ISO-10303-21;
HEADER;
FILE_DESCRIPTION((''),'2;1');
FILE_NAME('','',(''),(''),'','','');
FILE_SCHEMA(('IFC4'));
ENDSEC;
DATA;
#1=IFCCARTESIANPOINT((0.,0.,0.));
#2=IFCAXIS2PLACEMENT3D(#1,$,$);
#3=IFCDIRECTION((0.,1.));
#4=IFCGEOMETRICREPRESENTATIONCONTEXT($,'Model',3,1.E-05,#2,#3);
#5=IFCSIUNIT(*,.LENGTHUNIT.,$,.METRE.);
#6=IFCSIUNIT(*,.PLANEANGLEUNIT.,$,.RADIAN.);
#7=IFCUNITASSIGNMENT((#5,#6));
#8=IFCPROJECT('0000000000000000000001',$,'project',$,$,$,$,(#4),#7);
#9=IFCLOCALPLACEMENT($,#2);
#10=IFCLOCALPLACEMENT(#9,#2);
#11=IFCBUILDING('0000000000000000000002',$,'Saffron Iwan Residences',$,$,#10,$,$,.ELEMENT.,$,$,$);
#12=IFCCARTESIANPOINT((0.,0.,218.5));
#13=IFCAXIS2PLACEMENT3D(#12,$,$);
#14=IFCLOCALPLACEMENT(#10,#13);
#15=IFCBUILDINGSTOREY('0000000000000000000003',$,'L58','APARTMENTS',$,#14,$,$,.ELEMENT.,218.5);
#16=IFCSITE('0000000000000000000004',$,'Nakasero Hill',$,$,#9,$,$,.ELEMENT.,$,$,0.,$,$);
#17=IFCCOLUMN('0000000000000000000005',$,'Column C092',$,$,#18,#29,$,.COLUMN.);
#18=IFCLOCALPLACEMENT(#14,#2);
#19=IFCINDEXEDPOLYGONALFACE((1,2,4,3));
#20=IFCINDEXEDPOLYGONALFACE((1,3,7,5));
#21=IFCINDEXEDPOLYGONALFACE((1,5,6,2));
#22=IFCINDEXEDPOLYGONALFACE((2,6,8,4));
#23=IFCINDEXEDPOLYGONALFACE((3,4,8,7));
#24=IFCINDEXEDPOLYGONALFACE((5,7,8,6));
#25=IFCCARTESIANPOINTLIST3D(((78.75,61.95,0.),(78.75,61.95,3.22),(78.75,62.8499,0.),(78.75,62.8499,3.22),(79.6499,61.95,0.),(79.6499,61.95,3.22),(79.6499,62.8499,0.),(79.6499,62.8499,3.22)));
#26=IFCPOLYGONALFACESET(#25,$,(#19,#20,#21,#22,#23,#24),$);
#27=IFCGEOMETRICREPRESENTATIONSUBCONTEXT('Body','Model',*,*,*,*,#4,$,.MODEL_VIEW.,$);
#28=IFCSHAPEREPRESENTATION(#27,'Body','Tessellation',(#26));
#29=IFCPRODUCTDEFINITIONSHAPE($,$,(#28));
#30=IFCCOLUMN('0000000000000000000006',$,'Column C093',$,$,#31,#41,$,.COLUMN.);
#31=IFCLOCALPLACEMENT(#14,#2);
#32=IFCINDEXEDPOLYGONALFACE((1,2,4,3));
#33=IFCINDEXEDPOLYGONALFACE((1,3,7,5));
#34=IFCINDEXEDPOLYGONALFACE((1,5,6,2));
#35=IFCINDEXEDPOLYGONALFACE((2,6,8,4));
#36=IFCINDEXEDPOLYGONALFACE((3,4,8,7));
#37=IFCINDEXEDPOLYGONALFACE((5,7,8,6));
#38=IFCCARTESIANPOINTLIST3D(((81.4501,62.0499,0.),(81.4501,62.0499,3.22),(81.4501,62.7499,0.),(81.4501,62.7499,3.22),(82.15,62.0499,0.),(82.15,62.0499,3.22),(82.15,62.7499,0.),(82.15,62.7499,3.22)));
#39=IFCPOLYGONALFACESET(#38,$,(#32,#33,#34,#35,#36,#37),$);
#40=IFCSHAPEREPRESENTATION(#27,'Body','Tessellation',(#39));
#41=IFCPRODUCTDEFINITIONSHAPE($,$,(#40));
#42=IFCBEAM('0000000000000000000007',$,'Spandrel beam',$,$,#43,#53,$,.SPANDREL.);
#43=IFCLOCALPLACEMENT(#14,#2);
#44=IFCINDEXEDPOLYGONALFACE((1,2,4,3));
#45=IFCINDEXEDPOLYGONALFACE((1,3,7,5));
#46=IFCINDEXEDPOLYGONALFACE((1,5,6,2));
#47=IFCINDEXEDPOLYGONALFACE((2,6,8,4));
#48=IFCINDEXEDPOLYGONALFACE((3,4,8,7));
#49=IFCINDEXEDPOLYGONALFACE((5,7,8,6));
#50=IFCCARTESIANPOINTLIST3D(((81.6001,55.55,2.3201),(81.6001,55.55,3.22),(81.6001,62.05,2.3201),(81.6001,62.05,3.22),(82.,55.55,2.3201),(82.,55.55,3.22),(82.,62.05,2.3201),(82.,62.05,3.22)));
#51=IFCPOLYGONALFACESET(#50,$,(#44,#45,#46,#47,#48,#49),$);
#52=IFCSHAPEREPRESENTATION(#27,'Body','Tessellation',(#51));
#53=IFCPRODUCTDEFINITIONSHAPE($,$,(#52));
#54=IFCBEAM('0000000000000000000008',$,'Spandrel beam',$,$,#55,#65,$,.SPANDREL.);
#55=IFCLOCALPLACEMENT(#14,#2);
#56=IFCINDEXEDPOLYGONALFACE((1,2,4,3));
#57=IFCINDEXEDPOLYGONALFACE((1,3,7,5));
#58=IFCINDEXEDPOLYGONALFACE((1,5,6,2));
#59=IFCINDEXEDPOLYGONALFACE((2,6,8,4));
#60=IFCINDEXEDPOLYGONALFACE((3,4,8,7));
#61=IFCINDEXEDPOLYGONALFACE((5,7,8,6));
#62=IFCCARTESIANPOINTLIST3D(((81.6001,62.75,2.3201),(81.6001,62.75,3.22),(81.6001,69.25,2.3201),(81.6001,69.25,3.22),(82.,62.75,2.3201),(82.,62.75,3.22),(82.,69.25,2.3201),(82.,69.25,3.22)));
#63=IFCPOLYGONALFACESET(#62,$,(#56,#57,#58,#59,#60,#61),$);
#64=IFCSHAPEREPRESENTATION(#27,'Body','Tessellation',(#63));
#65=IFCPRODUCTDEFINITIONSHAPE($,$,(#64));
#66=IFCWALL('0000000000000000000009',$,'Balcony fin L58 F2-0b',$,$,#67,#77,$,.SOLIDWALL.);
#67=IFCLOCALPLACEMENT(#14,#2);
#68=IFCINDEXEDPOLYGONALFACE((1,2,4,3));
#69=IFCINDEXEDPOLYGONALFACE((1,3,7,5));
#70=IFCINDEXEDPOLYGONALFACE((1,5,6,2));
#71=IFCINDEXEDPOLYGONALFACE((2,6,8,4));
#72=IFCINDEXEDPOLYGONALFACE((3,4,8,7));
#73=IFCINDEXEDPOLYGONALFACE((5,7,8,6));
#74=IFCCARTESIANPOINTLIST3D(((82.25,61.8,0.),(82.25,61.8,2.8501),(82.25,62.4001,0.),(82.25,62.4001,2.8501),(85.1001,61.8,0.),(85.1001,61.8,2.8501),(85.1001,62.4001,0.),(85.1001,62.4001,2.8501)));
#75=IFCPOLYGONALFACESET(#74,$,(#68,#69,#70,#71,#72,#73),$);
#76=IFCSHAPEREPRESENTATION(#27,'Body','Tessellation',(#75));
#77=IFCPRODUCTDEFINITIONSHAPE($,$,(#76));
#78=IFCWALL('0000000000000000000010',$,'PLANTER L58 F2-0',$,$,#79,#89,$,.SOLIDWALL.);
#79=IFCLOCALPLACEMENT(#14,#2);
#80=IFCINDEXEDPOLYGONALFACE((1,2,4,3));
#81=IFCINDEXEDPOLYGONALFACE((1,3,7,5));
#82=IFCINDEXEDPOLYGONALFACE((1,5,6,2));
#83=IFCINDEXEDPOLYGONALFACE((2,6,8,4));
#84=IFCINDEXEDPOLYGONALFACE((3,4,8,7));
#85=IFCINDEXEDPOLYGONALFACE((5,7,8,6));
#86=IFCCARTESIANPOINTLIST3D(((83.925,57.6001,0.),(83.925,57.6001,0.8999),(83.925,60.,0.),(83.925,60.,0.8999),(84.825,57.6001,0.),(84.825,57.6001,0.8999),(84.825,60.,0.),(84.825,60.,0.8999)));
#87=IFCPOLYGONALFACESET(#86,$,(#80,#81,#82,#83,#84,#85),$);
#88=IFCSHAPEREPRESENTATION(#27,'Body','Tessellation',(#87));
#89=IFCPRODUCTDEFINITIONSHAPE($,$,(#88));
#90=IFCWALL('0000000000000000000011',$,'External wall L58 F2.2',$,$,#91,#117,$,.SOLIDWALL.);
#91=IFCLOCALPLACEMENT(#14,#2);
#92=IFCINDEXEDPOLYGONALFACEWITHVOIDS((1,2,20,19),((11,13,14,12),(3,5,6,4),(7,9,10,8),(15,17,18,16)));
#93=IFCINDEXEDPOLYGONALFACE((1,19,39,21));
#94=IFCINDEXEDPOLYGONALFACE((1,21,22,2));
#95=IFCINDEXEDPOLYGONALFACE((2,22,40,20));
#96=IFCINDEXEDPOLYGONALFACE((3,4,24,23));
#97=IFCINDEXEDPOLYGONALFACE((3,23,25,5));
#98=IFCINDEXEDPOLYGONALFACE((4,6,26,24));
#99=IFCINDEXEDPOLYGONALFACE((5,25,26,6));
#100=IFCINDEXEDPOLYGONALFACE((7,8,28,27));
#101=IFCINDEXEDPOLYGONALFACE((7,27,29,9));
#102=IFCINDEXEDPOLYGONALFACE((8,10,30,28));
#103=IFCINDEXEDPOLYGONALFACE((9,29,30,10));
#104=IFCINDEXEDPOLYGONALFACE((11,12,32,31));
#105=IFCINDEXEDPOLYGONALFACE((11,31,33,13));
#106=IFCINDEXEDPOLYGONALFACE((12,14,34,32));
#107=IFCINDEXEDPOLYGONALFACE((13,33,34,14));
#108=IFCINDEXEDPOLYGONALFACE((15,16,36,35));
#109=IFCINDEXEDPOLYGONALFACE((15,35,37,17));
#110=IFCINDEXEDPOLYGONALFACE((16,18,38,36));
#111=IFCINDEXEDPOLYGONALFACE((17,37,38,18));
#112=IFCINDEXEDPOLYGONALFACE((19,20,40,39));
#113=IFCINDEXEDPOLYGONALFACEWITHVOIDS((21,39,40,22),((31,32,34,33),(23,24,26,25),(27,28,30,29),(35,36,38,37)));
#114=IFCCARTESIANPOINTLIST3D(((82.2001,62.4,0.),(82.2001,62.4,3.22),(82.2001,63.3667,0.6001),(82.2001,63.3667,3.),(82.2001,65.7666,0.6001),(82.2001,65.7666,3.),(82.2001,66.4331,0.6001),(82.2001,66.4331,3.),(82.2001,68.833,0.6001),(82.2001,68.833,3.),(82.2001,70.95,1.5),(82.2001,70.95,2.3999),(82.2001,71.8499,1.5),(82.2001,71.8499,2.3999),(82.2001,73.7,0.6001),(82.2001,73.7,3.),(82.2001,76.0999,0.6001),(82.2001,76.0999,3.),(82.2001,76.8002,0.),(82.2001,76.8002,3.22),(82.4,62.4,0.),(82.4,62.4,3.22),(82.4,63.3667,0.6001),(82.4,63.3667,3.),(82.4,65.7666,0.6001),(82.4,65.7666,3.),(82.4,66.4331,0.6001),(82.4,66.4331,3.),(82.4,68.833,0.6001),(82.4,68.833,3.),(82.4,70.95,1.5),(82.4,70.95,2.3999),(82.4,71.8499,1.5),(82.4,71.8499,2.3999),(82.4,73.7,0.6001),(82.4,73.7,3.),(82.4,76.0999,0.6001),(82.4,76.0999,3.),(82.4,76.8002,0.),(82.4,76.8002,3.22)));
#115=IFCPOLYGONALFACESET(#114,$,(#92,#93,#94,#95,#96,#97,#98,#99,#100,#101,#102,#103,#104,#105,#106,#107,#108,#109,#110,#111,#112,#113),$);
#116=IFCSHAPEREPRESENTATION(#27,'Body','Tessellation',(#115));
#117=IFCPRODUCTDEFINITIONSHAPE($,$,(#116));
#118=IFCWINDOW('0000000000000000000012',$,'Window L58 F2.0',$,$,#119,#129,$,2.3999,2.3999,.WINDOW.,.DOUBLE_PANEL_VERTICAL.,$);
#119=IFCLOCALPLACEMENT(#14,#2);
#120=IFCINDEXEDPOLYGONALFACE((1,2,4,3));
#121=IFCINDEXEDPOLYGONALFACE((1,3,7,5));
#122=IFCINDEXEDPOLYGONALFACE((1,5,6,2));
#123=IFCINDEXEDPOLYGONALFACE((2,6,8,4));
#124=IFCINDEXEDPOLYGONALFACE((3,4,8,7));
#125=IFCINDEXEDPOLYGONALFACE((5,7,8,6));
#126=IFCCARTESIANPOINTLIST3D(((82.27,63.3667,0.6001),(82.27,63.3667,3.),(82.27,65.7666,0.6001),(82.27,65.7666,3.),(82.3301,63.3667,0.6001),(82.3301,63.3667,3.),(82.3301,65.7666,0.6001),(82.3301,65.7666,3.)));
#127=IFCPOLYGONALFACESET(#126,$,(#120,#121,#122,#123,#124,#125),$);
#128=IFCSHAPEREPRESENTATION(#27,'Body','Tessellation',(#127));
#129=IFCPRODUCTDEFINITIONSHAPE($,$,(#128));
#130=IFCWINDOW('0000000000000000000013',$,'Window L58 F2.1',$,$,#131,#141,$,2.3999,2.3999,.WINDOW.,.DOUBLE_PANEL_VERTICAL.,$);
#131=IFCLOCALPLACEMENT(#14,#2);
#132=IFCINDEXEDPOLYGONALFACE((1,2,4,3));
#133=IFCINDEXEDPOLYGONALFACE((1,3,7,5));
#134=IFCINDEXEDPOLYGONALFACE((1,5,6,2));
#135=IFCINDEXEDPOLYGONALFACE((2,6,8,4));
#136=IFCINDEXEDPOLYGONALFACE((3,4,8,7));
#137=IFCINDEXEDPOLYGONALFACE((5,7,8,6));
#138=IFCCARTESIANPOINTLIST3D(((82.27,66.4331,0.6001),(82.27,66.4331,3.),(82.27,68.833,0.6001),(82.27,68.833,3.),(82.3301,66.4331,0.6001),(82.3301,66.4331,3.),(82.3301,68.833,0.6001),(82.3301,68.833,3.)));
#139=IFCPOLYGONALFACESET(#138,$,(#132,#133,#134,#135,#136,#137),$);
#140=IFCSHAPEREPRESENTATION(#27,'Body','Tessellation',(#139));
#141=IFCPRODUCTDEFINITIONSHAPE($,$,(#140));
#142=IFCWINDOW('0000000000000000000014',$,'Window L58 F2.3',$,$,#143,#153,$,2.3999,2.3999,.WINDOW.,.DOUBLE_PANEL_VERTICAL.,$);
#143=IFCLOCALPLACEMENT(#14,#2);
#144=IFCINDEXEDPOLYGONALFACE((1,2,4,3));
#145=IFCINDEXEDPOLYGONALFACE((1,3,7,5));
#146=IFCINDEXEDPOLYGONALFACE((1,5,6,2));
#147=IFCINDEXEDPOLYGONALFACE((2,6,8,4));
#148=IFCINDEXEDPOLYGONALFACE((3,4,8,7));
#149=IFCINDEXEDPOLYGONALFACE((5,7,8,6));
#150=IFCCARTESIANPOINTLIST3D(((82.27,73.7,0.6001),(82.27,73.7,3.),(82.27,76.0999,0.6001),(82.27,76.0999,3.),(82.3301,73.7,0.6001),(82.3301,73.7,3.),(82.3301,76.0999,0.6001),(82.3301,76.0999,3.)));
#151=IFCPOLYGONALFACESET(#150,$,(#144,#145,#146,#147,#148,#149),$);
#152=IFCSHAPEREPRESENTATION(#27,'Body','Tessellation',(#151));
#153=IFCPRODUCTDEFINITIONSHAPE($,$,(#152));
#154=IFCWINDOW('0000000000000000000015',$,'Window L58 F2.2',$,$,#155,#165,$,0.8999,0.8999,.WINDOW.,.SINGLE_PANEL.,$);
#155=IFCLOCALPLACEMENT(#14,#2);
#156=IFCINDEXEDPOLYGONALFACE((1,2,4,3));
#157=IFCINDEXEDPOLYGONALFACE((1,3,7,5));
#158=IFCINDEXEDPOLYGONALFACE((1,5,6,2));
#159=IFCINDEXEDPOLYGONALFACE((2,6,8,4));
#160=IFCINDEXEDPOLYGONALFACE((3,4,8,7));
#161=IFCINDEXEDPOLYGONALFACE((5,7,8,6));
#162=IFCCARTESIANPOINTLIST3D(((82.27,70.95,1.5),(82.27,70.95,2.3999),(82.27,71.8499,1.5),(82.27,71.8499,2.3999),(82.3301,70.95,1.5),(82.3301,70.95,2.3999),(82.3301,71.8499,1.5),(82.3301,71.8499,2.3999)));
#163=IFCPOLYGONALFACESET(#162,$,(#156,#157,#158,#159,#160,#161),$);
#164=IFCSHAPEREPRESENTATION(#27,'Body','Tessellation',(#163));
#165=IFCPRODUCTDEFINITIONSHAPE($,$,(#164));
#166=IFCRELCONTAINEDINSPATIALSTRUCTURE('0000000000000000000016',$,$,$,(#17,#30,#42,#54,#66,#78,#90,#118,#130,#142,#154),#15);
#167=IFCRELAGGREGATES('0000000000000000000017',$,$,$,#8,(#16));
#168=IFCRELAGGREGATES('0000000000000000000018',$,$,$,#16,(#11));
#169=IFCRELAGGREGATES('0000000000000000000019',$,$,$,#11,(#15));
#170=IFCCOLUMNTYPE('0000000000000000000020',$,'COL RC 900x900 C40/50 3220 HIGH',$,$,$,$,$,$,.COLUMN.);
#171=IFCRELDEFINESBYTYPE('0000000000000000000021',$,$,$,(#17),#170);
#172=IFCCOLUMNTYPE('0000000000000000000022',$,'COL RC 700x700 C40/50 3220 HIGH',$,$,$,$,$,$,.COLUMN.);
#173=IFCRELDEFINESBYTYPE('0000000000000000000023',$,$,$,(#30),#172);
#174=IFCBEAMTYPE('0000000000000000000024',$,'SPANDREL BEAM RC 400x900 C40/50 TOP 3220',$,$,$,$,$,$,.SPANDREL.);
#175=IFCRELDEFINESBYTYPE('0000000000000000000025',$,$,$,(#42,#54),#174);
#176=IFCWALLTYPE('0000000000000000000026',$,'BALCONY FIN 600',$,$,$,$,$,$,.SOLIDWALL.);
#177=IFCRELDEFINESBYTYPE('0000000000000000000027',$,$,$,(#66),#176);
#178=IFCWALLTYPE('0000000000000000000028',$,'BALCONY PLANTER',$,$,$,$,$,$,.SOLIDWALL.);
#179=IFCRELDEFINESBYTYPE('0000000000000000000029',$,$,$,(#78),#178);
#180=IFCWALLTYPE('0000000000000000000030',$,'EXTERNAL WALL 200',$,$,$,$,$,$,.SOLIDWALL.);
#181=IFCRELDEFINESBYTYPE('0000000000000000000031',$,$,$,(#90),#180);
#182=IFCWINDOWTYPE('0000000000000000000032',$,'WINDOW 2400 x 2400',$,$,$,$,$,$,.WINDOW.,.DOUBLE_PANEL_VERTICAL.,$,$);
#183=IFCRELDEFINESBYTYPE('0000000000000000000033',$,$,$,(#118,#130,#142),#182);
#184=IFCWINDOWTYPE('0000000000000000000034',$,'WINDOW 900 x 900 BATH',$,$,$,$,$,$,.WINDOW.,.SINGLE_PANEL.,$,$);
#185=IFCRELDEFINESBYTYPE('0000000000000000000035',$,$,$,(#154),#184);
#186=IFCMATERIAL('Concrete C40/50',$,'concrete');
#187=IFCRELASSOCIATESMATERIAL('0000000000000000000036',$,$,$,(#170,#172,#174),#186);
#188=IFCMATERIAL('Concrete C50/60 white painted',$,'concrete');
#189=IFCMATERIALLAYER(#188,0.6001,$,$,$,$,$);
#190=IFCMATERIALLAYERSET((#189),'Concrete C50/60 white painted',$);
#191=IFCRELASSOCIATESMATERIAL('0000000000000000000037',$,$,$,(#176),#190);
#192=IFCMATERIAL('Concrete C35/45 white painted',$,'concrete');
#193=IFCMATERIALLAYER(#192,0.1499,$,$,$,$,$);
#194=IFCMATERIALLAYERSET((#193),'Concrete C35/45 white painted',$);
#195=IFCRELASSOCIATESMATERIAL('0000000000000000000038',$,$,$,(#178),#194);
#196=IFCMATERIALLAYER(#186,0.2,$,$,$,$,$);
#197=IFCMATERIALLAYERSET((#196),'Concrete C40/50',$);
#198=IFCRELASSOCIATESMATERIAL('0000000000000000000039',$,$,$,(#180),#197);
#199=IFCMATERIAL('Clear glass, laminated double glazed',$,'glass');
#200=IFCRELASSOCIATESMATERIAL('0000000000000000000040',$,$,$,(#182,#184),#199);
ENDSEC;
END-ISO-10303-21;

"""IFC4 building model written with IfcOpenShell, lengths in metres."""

from ifc_helpers import new_model, si_unit, direction, frame, frame_2d, origin, origin_2d, place, context, subcontext, project, spatial, rectangle, extrude, source, transform, mapped, material, layer, layer_set, material_profile, profile_set, type_object, element, fill, save


model = new_model("IFC4")

# Units and contexts
model_context = context("Model", 3, precision=1e-05, world=origin(), true_north=direction((0.0, 1.0)))
body_context = subcontext(model_context, "Body", "Model", "MODEL_VIEW")
ifc_project = project(units=[si_unit("LENGTHUNIT", "METRE"), si_unit("PLANEANGLEUNIT", "RADIAN")], contexts=[model_context])

# Site, building, storey
site_placement = place(None, origin())
site = spatial("IfcSite", under=ifc_project, at=site_placement, Name="Nakasero Hill", CompositionType="ELEMENT", RefElevation=0.0)
building_placement = place(site_placement, origin())
building = spatial("IfcBuilding", under=site, at=building_placement, Name="Saffron Iwan Residences", CompositionType="ELEMENT")
storey_placement = place(building_placement, frame((0.0, 0.0, 218.5)))
storey = spatial("IfcBuildingStorey", under=building, at=storey_placement, Name="L58", Description="APARTMENTS", CompositionType="ELEMENT", Elevation=218.5)

# Columns
ifc_material_1 = material(Name="Concrete C40/50", Category="concrete")
ifc_material_profile_1 = material_profile(ifc_material_1, rectangle(XDim=0.8999, YDim=0.8999, at=origin_2d()), Name="RC 900x900")
ifc_profile_set_1 = profile_set([ifc_material_profile_1], Name="Concrete C40/50")
column_type_1 = type_object("IfcColumnType", Name="COL RC 900x900 C40/50 3220 HIGH", PredefinedType="COLUMN", material=ifc_profile_set_1)
shared_shape_1 = source(origin(), body_context, "Body", "SweptSolid", [
    extrude(rectangle(XDim=0.8999, YDim=0.8999, at=origin_2d()), origin(), (0.0, 0.0, 1.0), 3.22),
])
column_1_placement = place(storey_placement, frame((79.2, 62.3999, 0.0), z_axis=(0.0, 0.0, 1.0), x_axis=(1.0, 0.0, 0.0)))
element("IfcColumn", 1, at=column_1_placement, inside=storey, type_object=column_type_1, Name="Column C092", PredefinedType="COLUMN", context=body_context, shape_type="MappedRepresentation", body=[
    mapped(shared_shape_1, transform((0.0, 0.0, 0.0))),
])
ifc_material_profile_2 = material_profile(ifc_material_1, rectangle(XDim=0.7, YDim=0.7, at=origin_2d()), Name="RC 700x700")
ifc_profile_set_2 = profile_set([ifc_material_profile_2], Name="Concrete C40/50")
column_type_2 = type_object("IfcColumnType", Name="COL RC 700x700 C40/50 3220 HIGH", PredefinedType="COLUMN", material=ifc_profile_set_2)
shared_shape_2 = source(origin(), body_context, "Body", "SweptSolid", [
    extrude(rectangle(XDim=0.7, YDim=0.7, at=origin_2d()), origin(), (0.0, 0.0, 1.0), 3.22),
])
column_2_placement = place(storey_placement, frame((81.8, 62.3999, 0.0), z_axis=(0.0, 0.0, 1.0), x_axis=(1.0, 0.0, 0.0)))
element("IfcColumn", 2, at=column_2_placement, inside=storey, type_object=column_type_2, Name="Column C093", PredefinedType="COLUMN", context=body_context, shape_type="MappedRepresentation", body=[
    mapped(shared_shape_2, transform((0.0, 0.0, 0.0))),
])

# Beams
ifc_material_profile_3 = material_profile(ifc_material_1, rectangle(XDim=0.3999, YDim=0.8999, at=origin_2d()), Name="RC 400x900")
ifc_profile_set_3 = profile_set([ifc_material_profile_3], Name="Concrete C40/50")
beam_type = type_object("IfcBeamType", Name="SPANDREL BEAM RC 400x900 C40/50 TOP 3220", PredefinedType="SPANDREL", material=ifc_profile_set_3)
shared_shape_3 = source(origin(), body_context, "Body", "SweptSolid", [
    extrude(rectangle(XDim=0.3999, YDim=0.8999, at=origin_2d()), origin(), (0.0, 0.0, 1.0), 6.5),
])
for number, where, z_axis, x_axis, name in (
    (3, (81.8, 62.05, 2.77), (0.0, -1.0, 0.0), (1.0, 0.0, 0.0), "Spandrel beam"),
    (4, (81.8, 69.25, 2.77), (0.0, -1.0, 0.0), (1.0, 0.0, 0.0), "Spandrel beam"),
):
    element("IfcBeam", number, at=place(storey_placement, frame(where, z_axis=z_axis, x_axis=x_axis)), inside=storey, type_object=beam_type, Name=name, PredefinedType="SPANDREL", context=body_context, shape_type="MappedRepresentation", body=[
        mapped(shared_shape_3, transform((0.0, 0.0, 0.0))),
    ])

# Walls
ifc_material_2 = material(Name="Concrete C50/60 white painted", Category="concrete")
ifc_layer_1 = layer(ifc_material_2, 0.6001)
ifc_layer_set_1 = layer_set([ifc_layer_1], Name="Concrete C50/60 white painted")
wall_type_1 = type_object("IfcWallType", Name="BALCONY FIN 600", PredefinedType="SOLIDWALL", material=ifc_layer_set_1)
wall_1_placement = place(storey_placement, frame((82.25, 62.1001, 0.0), z_axis=(0.0, 0.0, 1.0), x_axis=(1.0, 0.0, 0.0)))
element("IfcWall", 5, at=wall_1_placement, inside=storey, type_object=wall_type_1, Name="Balcony fin L58 F2-0b", PredefinedType="SOLIDWALL", context=body_context, shape_type="SweptSolid", body=[
    extrude(rectangle(XDim=2.8501, YDim=0.6001, at=frame_2d((1.425, 0.0))), origin(), (0.0, 0.0, 1.0), 2.8501),
])
ifc_material_3 = material(Name="Concrete C35/45 white painted", Category="concrete")
ifc_layer_2 = layer(ifc_material_3, 0.1499)
ifc_layer_set_2 = layer_set([ifc_layer_2], Name="Concrete C35/45 white painted")
wall_type_2 = type_object("IfcWallType", Name="BALCONY PLANTER", PredefinedType="SOLIDWALL", material=ifc_layer_set_2)
wall_2_placement = place(storey_placement, frame((84.375, 57.6001, 0.0), z_axis=(0.0, 0.0, 1.0), x_axis=(0.0, 1.0, 0.0)))
element("IfcWall", 6, at=wall_2_placement, inside=storey, type_object=wall_type_2, Name="PLANTER L58 F2-0", PredefinedType="SOLIDWALL", context=body_context, shape_type="SweptSolid", body=[
    extrude(rectangle(XDim=2.3999, YDim=0.8999, at=frame_2d((1.2, 0.0))), origin(), (0.0, 0.0, 1.0), 0.8999),
])

# Wall, openings, windows
ifc_layer_3 = layer(ifc_material_1, 0.2)
ifc_layer_set_3 = layer_set([ifc_layer_3], Name="Concrete C40/50")
wall_type_3 = type_object("IfcWallType", Name="EXTERNAL WALL 200", PredefinedType="SOLIDWALL", material=ifc_layer_set_3)
wall_3_placement = place(storey_placement, frame((82.3, 62.3999, 0.0), z_axis=(0.0, 0.0, 1.0), x_axis=(0.0, 1.0, 0.0)))
wall_3 = element("IfcWall", 7, at=wall_3_placement, inside=storey, type_object=wall_type_3, Name="External wall L58 F2.2", PredefinedType="SOLIDWALL", context=body_context, shape_type="SweptSolid", body=[
    extrude(rectangle(XDim=14.4001, YDim=0.2, at=frame_2d((7.2002, 0.0))), origin(), (0.0, 0.0, 1.0), 3.22),
])
opening_1_placement = place(wall_3_placement, frame((0.9668, 0.0, 0.6001)))
opening_1 = element("IfcOpeningElement", 8, at=opening_1_placement, cuts=wall_3, PredefinedType="OPENING", context=body_context, shape_type="SweptSolid", body=[
    extrude(rectangle(XDim=2.3999, YDim=2.3999, at=frame_2d((1.2, 1.2))), frame((0.0, 0.1099, 0.0), z_axis=(0.0, -1.0, 0.0), x_axis=(1.0, 0.0, 0.0)), (0.0, 0.0, 1.0), 0.22),
])
opening_2_placement = place(wall_3_placement, frame((4.0332, 0.0, 0.6001)))
opening_2 = element("IfcOpeningElement", 9, at=opening_2_placement, cuts=wall_3, PredefinedType="OPENING", context=body_context, shape_type="SweptSolid", body=[
    extrude(rectangle(XDim=2.3999, YDim=2.3999, at=frame_2d((1.2, 1.2))), frame((0.0, 0.1099, 0.0), z_axis=(0.0, -1.0, 0.0), x_axis=(1.0, 0.0, 0.0)), (0.0, 0.0, 1.0), 0.22),
])
opening_3_placement = place(wall_3_placement, frame((8.55, 0.0, 1.5)))
opening_3 = element("IfcOpeningElement", 10, at=opening_3_placement, cuts=wall_3, PredefinedType="OPENING", context=body_context, shape_type="SweptSolid", body=[
    extrude(rectangle(XDim=0.8999, YDim=0.8999, at=frame_2d((0.45, 0.45))), frame((0.0, 0.1099, 0.0), z_axis=(0.0, -1.0, 0.0), x_axis=(1.0, 0.0, 0.0)), (0.0, 0.0, 1.0), 0.22),
])
opening_4_placement = place(wall_3_placement, frame((11.3, 0.0, 0.6001)))
opening_4 = element("IfcOpeningElement", 11, at=opening_4_placement, cuts=wall_3, PredefinedType="OPENING", context=body_context, shape_type="SweptSolid", body=[
    extrude(rectangle(XDim=2.3999, YDim=2.3999, at=frame_2d((1.2, 1.2))), frame((0.0, 0.1099, 0.0), z_axis=(0.0, -1.0, 0.0), x_axis=(1.0, 0.0, 0.0)), (0.0, 0.0, 1.0), 0.22),
])
ifc_material_4 = material(Name="Clear glass, laminated double glazed", Category="glass")
window_type_1 = type_object("IfcWindowType", Name="WINDOW 2400 x 2400", PartitioningType="DOUBLE_PANEL_VERTICAL", PredefinedType="WINDOW", material=ifc_material_4)
window_1_placement = place(opening_1_placement, origin())
window_1 = element("IfcWindow", 12, at=window_1_placement, inside=storey, type_object=window_type_1, Name="Window L58 F2.0", OverallHeight=2.3999, OverallWidth=2.3999, PartitioningType="DOUBLE_PANEL_VERTICAL", PredefinedType="WINDOW", context=body_context, shape_type="SweptSolid", body=[
    extrude(rectangle(XDim=2.3999, YDim=2.3999, at=frame_2d((1.2, 1.2))), frame((0.0, 0.03, 0.0), z_axis=(0.0, -1.0, 0.0), x_axis=(1.0, 0.0, 0.0)), (0.0, 0.0, 1.0), 0.0601),
])
fill(opening_1, window_1)
window_2_placement = place(opening_2_placement, origin())
window_2 = element("IfcWindow", 13, at=window_2_placement, inside=storey, type_object=window_type_1, Name="Window L58 F2.1", OverallHeight=2.3999, OverallWidth=2.3999, PartitioningType="DOUBLE_PANEL_VERTICAL", PredefinedType="WINDOW", context=body_context, shape_type="SweptSolid", body=[
    extrude(rectangle(XDim=2.3999, YDim=2.3999, at=frame_2d((1.2, 1.2))), frame((0.0, 0.03, 0.0), z_axis=(0.0, -1.0, 0.0), x_axis=(1.0, 0.0, 0.0)), (0.0, 0.0, 1.0), 0.0601),
])
fill(opening_2, window_2)
window_3_placement = place(opening_4_placement, origin())
window_3 = element("IfcWindow", 14, at=window_3_placement, inside=storey, type_object=window_type_1, Name="Window L58 F2.3", OverallHeight=2.3999, OverallWidth=2.3999, PartitioningType="DOUBLE_PANEL_VERTICAL", PredefinedType="WINDOW", context=body_context, shape_type="SweptSolid", body=[
    extrude(rectangle(XDim=2.3999, YDim=2.3999, at=frame_2d((1.2, 1.2))), frame((0.0, 0.03, 0.0), z_axis=(0.0, -1.0, 0.0), x_axis=(1.0, 0.0, 0.0)), (0.0, 0.0, 1.0), 0.0601),
])
fill(opening_4, window_3)
window_type_2 = type_object("IfcWindowType", Name="WINDOW 900 x 900 BATH", PartitioningType="SINGLE_PANEL", PredefinedType="WINDOW", material=ifc_material_4)
window_4_placement = place(opening_3_placement, origin())
window_4 = element("IfcWindow", 15, at=window_4_placement, inside=storey, type_object=window_type_2, Name="Window L58 F2.2", OverallHeight=0.8999, OverallWidth=0.8999, PartitioningType="SINGLE_PANEL", PredefinedType="WINDOW", context=body_context, shape_type="SweptSolid", body=[
    extrude(rectangle(XDim=0.8999, YDim=0.8999, at=frame_2d((0.45, 0.45))), frame((0.0, 0.03, 0.0), z_axis=(0.0, -1.0, 0.0), x_axis=(1.0, 0.0, 0.0)), (0.0, 0.0, 1.0), 0.0601),
])
fill(opening_3, window_4)

save(model, "model.ifc")
